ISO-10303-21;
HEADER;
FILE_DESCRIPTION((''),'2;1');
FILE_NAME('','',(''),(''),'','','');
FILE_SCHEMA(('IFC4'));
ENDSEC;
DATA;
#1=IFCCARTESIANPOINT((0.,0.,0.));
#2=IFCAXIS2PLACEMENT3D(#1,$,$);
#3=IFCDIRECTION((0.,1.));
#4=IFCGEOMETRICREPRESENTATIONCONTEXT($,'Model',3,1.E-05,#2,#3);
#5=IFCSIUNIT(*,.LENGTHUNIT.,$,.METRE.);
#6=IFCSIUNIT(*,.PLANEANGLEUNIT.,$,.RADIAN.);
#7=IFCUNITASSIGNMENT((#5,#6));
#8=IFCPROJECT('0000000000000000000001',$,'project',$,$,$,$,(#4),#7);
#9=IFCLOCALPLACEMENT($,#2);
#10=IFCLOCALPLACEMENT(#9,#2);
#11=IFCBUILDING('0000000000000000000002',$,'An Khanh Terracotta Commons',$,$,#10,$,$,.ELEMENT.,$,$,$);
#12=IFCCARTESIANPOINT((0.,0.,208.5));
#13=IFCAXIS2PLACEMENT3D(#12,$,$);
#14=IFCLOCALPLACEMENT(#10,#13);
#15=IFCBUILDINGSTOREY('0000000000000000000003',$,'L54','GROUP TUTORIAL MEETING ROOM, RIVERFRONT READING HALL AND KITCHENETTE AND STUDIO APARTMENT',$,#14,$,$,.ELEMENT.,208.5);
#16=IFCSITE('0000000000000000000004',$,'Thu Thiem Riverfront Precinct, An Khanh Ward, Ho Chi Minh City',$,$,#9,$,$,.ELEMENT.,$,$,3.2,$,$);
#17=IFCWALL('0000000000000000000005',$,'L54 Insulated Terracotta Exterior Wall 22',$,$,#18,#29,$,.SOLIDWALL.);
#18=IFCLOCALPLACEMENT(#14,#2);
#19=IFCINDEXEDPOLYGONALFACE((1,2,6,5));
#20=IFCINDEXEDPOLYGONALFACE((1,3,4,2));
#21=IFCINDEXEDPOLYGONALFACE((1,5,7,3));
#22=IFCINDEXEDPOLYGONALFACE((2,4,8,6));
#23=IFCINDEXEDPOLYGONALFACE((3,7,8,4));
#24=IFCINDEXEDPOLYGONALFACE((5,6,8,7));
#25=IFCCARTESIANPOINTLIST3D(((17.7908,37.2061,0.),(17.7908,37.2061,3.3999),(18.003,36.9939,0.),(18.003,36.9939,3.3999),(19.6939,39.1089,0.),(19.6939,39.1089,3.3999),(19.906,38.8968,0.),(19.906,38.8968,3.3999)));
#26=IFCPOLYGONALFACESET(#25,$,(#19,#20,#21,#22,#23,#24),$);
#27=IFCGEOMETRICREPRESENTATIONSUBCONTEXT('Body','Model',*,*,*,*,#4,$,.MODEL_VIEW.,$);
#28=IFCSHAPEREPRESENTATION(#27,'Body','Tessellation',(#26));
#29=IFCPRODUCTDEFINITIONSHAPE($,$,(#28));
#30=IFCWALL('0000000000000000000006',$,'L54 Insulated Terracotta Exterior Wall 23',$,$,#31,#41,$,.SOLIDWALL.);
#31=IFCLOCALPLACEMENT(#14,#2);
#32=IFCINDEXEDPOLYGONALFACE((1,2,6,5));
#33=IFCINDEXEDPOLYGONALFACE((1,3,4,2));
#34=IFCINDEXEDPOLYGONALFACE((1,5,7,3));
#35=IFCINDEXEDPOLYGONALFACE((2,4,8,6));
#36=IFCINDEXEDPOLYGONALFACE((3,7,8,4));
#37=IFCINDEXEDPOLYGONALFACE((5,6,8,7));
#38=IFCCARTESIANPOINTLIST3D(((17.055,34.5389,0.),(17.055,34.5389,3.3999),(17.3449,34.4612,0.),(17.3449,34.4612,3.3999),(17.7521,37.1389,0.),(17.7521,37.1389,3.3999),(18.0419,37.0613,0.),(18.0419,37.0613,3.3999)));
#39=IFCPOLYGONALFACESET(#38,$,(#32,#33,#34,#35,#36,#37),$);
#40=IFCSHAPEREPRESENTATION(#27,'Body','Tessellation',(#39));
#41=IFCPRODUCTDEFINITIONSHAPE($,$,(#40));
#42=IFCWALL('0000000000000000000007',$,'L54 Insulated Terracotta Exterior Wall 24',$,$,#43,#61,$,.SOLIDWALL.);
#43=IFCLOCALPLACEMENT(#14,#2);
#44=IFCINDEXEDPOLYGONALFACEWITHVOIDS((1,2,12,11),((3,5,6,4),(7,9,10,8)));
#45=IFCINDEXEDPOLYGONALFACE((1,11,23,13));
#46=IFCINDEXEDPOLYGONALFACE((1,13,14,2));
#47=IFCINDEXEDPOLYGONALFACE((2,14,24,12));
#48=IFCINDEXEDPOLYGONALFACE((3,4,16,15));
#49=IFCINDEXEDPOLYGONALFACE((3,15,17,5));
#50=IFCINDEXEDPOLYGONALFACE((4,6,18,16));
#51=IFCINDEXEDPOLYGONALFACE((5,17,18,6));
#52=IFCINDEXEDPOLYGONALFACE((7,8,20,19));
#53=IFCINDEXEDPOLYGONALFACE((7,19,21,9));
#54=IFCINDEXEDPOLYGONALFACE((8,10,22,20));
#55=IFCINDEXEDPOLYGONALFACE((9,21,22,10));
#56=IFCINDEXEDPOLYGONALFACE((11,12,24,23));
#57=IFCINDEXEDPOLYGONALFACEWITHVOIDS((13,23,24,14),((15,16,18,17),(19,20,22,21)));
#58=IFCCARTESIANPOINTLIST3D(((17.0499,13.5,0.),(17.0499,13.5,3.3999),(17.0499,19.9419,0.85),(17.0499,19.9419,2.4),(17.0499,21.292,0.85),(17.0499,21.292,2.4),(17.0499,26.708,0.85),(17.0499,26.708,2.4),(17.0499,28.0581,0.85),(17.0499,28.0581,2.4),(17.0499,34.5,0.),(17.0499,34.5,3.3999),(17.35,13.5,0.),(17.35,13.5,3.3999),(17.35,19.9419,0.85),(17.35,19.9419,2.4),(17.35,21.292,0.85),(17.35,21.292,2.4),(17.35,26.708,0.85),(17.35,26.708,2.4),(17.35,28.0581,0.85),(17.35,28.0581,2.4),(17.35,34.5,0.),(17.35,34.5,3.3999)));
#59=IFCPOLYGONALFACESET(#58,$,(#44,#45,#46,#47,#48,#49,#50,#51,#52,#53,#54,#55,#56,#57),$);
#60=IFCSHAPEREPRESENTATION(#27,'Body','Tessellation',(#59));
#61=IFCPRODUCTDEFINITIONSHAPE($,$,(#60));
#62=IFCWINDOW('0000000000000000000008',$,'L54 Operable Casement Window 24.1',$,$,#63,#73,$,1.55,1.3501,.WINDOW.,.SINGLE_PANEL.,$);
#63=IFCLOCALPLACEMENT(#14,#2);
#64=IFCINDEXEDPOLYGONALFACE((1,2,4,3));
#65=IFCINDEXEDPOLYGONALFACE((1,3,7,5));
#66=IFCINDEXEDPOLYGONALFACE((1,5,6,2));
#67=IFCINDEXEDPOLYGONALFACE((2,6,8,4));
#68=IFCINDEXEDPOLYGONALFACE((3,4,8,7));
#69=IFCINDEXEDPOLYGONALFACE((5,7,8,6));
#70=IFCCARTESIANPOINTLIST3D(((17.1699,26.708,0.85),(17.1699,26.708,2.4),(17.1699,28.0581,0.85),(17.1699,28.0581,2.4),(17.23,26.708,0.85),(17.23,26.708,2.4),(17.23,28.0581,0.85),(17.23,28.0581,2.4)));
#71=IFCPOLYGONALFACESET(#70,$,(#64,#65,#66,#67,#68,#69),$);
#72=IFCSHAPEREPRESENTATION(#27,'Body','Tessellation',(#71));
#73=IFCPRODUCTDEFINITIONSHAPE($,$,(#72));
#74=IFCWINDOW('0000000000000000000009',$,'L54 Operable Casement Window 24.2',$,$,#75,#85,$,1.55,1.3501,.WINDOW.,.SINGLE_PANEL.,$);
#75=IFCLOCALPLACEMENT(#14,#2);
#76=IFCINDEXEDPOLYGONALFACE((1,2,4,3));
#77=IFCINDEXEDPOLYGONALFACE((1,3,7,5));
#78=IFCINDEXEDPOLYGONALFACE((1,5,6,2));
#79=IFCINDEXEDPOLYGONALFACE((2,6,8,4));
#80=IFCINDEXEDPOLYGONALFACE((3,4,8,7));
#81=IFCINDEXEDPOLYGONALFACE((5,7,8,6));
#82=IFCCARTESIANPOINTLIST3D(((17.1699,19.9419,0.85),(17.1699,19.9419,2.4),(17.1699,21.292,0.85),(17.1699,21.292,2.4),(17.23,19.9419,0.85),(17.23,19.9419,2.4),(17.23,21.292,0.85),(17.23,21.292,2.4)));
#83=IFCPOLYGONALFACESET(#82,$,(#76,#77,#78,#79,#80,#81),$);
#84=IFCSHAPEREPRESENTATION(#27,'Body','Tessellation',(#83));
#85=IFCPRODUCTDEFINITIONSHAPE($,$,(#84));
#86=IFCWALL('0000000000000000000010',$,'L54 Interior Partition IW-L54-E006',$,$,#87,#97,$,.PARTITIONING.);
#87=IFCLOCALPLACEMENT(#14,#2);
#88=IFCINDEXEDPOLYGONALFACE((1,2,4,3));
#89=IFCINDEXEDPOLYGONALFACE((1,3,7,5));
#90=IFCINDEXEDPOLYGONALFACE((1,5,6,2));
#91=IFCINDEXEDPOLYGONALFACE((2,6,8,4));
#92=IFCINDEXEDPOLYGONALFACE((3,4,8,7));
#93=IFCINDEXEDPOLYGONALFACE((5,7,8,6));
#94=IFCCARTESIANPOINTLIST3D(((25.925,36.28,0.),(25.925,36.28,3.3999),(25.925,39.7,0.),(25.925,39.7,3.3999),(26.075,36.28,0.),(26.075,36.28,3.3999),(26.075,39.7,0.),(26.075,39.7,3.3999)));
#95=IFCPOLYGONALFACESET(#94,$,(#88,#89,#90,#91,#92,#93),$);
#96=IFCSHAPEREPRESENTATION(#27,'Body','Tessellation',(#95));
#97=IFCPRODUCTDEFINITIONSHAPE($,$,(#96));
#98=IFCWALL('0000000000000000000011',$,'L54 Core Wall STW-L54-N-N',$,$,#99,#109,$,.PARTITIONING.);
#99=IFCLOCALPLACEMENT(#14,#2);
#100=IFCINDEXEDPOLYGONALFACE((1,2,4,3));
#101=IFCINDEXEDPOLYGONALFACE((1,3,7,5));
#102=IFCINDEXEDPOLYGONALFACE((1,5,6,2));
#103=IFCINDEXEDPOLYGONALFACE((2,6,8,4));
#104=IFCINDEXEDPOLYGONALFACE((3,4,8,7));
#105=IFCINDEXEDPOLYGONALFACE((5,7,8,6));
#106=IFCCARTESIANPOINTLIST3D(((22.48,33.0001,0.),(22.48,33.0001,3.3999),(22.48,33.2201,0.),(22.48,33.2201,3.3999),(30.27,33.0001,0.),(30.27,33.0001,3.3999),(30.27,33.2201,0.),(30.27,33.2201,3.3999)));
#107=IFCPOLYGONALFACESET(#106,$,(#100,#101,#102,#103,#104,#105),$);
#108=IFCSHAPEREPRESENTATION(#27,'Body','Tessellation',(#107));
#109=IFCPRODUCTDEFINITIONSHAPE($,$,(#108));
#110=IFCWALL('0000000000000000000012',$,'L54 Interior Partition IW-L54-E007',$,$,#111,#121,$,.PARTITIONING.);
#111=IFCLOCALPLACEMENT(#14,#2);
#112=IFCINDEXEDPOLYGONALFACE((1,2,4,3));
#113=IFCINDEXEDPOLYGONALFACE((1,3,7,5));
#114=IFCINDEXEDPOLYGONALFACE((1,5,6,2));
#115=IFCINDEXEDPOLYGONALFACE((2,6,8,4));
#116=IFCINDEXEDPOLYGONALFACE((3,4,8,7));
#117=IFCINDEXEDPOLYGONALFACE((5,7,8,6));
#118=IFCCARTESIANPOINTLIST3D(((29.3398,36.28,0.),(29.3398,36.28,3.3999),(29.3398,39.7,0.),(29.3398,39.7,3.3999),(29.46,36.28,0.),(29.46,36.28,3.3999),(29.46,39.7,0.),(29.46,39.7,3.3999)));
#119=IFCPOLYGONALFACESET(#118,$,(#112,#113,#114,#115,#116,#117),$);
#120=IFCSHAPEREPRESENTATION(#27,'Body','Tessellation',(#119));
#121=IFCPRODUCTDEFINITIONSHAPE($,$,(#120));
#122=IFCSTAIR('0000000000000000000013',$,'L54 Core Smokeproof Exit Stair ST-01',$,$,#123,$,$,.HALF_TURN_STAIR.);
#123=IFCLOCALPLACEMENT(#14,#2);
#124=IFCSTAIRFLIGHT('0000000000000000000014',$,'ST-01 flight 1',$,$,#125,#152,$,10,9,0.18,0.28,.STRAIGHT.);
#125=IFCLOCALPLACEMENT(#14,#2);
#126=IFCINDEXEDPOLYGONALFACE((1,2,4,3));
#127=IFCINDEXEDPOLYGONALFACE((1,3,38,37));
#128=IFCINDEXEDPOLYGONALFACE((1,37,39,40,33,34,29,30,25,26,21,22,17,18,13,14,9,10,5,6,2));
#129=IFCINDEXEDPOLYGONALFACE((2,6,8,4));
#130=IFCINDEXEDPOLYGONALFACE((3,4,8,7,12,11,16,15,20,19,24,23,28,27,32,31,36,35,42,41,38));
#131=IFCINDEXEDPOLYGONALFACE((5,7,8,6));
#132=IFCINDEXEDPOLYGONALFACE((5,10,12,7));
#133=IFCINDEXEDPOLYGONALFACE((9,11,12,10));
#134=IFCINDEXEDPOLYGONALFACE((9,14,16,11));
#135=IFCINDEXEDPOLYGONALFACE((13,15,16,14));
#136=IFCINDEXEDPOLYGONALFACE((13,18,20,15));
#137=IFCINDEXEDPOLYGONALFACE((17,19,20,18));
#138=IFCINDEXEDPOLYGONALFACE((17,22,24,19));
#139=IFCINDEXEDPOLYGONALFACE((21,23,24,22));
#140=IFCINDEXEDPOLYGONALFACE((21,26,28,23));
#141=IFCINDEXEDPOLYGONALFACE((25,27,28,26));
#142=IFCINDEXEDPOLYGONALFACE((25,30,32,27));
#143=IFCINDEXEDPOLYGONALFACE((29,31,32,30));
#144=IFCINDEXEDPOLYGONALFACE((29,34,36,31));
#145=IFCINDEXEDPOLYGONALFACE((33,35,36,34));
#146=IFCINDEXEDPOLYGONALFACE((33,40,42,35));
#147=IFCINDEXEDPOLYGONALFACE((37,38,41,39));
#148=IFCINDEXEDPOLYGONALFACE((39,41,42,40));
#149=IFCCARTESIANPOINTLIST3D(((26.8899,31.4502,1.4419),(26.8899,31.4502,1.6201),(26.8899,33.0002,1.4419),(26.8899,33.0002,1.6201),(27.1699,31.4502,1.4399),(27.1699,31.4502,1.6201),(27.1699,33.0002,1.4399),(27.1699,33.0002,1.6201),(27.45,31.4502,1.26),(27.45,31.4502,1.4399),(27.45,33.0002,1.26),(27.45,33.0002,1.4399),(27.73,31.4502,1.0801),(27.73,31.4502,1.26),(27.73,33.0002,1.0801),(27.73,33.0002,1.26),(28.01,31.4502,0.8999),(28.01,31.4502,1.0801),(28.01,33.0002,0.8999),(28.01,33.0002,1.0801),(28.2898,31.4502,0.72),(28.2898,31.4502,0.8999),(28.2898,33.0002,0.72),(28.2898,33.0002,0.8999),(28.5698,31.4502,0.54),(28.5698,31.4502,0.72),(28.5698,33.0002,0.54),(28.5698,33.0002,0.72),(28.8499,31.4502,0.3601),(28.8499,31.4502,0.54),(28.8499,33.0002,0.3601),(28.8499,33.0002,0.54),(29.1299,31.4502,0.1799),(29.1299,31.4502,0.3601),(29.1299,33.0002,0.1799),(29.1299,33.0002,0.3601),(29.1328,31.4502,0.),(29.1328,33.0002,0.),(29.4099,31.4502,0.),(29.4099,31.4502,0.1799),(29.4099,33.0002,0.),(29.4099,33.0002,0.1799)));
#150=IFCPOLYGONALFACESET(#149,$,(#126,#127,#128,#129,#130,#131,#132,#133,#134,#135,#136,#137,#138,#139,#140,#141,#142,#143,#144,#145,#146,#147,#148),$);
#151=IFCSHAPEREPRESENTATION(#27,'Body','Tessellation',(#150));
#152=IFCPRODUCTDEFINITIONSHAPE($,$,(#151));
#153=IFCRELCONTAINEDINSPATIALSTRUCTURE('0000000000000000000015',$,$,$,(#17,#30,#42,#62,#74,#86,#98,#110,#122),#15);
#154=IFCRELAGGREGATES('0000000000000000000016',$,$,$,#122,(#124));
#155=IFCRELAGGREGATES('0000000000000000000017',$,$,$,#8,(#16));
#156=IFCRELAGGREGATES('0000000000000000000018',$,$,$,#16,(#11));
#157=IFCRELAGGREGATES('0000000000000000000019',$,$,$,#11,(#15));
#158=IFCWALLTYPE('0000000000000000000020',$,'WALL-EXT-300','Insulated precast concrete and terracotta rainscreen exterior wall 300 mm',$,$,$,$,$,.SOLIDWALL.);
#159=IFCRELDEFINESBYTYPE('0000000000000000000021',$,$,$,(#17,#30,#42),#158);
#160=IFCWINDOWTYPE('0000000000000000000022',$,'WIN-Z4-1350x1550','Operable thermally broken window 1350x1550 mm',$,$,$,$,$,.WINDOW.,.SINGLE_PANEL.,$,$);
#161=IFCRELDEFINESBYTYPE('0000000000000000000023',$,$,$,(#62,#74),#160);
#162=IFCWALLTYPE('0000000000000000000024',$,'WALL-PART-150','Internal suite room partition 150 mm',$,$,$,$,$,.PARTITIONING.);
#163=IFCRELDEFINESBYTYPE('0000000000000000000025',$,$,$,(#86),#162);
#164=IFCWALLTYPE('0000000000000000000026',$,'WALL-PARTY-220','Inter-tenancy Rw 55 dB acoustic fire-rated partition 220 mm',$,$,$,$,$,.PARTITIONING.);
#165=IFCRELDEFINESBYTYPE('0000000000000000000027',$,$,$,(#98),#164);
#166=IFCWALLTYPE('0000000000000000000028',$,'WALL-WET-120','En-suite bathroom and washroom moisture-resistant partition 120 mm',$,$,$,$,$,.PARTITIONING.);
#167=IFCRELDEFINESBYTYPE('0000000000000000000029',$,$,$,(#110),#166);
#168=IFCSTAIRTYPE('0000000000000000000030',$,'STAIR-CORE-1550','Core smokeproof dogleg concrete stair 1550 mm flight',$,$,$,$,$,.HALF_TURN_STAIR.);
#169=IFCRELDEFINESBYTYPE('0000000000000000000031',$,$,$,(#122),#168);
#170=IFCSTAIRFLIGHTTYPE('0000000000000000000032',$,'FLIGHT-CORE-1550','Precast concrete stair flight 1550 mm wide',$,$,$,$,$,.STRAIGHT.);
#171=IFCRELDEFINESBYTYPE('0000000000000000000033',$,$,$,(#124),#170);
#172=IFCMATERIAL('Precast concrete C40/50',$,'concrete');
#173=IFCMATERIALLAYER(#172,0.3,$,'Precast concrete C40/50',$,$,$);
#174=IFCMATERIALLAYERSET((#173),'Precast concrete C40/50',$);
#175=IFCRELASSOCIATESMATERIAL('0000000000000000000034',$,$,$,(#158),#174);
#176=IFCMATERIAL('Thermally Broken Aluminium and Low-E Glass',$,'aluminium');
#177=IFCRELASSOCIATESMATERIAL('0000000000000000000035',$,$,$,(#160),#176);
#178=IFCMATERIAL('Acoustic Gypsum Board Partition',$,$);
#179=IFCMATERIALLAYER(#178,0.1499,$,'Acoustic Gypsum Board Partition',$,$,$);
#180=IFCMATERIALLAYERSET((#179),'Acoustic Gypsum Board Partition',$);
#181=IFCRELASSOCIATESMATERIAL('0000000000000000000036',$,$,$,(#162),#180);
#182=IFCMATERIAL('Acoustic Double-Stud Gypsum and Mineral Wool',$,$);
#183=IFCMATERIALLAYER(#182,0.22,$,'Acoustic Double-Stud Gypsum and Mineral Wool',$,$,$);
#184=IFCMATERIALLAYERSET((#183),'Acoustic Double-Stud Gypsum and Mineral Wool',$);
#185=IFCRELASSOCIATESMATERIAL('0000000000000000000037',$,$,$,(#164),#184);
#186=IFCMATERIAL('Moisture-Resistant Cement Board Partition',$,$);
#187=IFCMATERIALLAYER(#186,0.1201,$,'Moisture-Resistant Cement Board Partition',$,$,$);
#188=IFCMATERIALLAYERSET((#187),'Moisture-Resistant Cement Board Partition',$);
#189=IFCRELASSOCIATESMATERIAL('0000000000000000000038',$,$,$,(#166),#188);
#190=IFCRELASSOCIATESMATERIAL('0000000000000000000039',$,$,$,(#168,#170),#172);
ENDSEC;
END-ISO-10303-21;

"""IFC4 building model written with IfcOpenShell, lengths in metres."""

from ifc_helpers import new_model, si_unit, direction, frame, frame_2d, origin, place, context, subcontext, project, spatial, polyline, rectangle, outline, extrude, material, layer, layer_set, type_object, element, fill, aggregate, save


model = new_model("IFC4")

# Units and contexts
model_context = context("Model", 3, precision=1e-05, world=origin(), true_north=direction((0.0, 1.0)))
body_context = subcontext(model_context, "Body", "Model", "MODEL_VIEW")
ifc_project = project(units=[si_unit("LENGTHUNIT", "METRE"), si_unit("PLANEANGLEUNIT", "RADIAN")], contexts=[model_context])

# Site, building, storey
site_placement = place(None, origin())
site = spatial("IfcSite", under=ifc_project, at=site_placement, Name="Thu Thiem Riverfront Precinct, An Khanh Ward, Ho Chi Minh City", CompositionType="ELEMENT", RefElevation=3.2)
building_placement = place(site_placement, origin())
building = spatial("IfcBuilding", under=site, at=building_placement, Name="An Khanh Terracotta Commons", CompositionType="ELEMENT")
storey_placement = place(building_placement, frame((0.0, 0.0, 208.5)))
storey = spatial("IfcBuildingStorey", under=building, at=storey_placement, Name="L54", Description="GROUP TUTORIAL MEETING ROOM, RIVERFRONT READING HALL AND KITCHENETTE AND STUDIO APARTMENT", CompositionType="ELEMENT", Elevation=208.5)

# Walls
ifc_material_1 = material(Name="Precast concrete C40/50", Category="concrete")
ifc_layer_1 = layer(ifc_material_1, 0.3, Name="Precast concrete C40/50")
ifc_layer_set_1 = layer_set([ifc_layer_1], Name="Precast concrete C40/50")
wall_type_1 = type_object("IfcWallType", Name="WALL-EXT-300", Description="Insulated precast concrete and terracotta rainscreen exterior wall 300 mm", PredefinedType="SOLIDWALL", material=ifc_layer_set_1)
wall_1_placement = place(storey_placement, frame((19.8, 39.0029, 0.0), z_axis=(0.0, 0.0, 1.0), x_axis=(-0.707152, -0.707061, 0.0)))
element("IfcWall", 1, at=wall_1_placement, inside=storey, type_object=wall_type_1, Name="L54 Insulated Terracotta Exterior Wall 22", PredefinedType="SOLIDWALL", context=body_context, shape_type="SweptSolid", body=[
    extrude(rectangle(XDim=2.6912, YDim=0.3, at=frame_2d((1.3457, 0.0))), origin(), (0.0, 0.0, 1.0), 3.3999),
])
wall_2_placement = place(storey_placement, frame((17.897, 37.1001, 0.0), z_axis=(0.0, 0.0, 1.0), x_axis=(-0.258933, -0.965895, 0.0)))
element("IfcWall", 2, at=wall_2_placement, inside=storey, type_object=wall_type_1, Name="L54 Insulated Terracotta Exterior Wall 23", PredefinedType="SOLIDWALL", context=body_context, shape_type="SweptSolid", body=[
    extrude(rectangle(XDim=2.6919, YDim=0.3, at=frame_2d((1.3459, 0.0))), origin(), (0.0, 0.0, 1.0), 3.3999),
])

# Wall, openings, windows
wall_3_placement = place(storey_placement, frame((17.2, 34.5, 0.0), z_axis=(0.0, 0.0, 1.0), x_axis=(0.0, -1.0, 0.0)))
wall_3 = element("IfcWall", 3, at=wall_3_placement, inside=storey, type_object=wall_type_1, Name="L54 Insulated Terracotta Exterior Wall 24", PredefinedType="SOLIDWALL", context=body_context, shape_type="SweptSolid", body=[
    extrude(rectangle(XDim=21.0, YDim=0.3, at=frame_2d((10.5, 0.0))), origin(), (0.0, 0.0, 1.0), 3.3999),
])
opening_1_placement = place(wall_3_placement, frame((6.4419, 0.0, 0.8501)))
opening_1 = element("IfcOpeningElement", 4, at=opening_1_placement, cuts=wall_3, PredefinedType="OPENING", context=body_context, shape_type="SweptSolid", body=[
    extrude(rectangle(XDim=1.3501, YDim=1.55, at=frame_2d((0.675, 0.7749))), frame((0.0, 0.1599, 0.0), z_axis=(0.0, -1.0, 0.0), x_axis=(1.0, 0.0, 0.0)), (0.0, 0.0, 1.0), 0.3201),
])
opening_2_placement = place(wall_3_placement, frame((13.208, 0.0, 0.8501)))
opening_2 = element("IfcOpeningElement", 5, at=opening_2_placement, cuts=wall_3, PredefinedType="OPENING", context=body_context, shape_type="SweptSolid", body=[
    extrude(rectangle(XDim=1.3501, YDim=1.55, at=frame_2d((0.675, 0.7749))), frame((0.0, 0.1599, 0.0), z_axis=(0.0, -1.0, 0.0), x_axis=(1.0, 0.0, 0.0)), (0.0, 0.0, 1.0), 0.3201),
])
ifc_material_2 = material(Name="Thermally Broken Aluminium and Low-E Glass", Category="aluminium")
window_type = type_object("IfcWindowType", Name="WIN-Z4-1350x1550", Description="Operable thermally broken window 1350x1550 mm", PartitioningType="SINGLE_PANEL", PredefinedType="WINDOW", material=ifc_material_2)
window_1_placement = place(opening_1_placement, origin())
window_1 = element("IfcWindow", 6, at=window_1_placement, inside=storey, type_object=window_type, Name="L54 Operable Casement Window 24.1", OverallHeight=1.55, OverallWidth=1.3501, PartitioningType="SINGLE_PANEL", PredefinedType="WINDOW", context=body_context, shape_type="SweptSolid", body=[
    extrude(rectangle(XDim=1.3501, YDim=1.55, at=frame_2d((0.675, 0.7749))), frame((0.0, 0.03, 0.0), z_axis=(0.0, -1.0, 0.0), x_axis=(1.0, 0.0, 0.0)), (0.0, 0.0, 1.0), 0.0601),
])
fill(opening_1, window_1)
window_2_placement = place(opening_2_placement, origin())
window_2 = element("IfcWindow", 7, at=window_2_placement, inside=storey, type_object=window_type, Name="L54 Operable Casement Window 24.2", OverallHeight=1.55, OverallWidth=1.3501, PartitioningType="SINGLE_PANEL", PredefinedType="WINDOW", context=body_context, shape_type="SweptSolid", body=[
    extrude(rectangle(XDim=1.3501, YDim=1.55, at=frame_2d((0.675, 0.7749))), frame((0.0, 0.03, 0.0), z_axis=(0.0, -1.0, 0.0), x_axis=(1.0, 0.0, 0.0)), (0.0, 0.0, 1.0), 0.0601),
])
fill(opening_2, window_2)

# Walls
ifc_material_3 = material(Name="Acoustic Gypsum Board Partition")
ifc_layer_2 = layer(ifc_material_3, 0.1499, Name="Acoustic Gypsum Board Partition")
ifc_layer_set_2 = layer_set([ifc_layer_2], Name="Acoustic Gypsum Board Partition")
wall_type_2 = type_object("IfcWallType", Name="WALL-PART-150", Description="Internal suite room partition 150 mm", PredefinedType="PARTITIONING", material=ifc_layer_set_2)
wall_4_placement = place(storey_placement, frame((26.0, 36.28, 0.0), z_axis=(0.0, 0.0, 1.0), x_axis=(0.0, 1.0, 0.0)))
element("IfcWall", 8, at=wall_4_placement, inside=storey, type_object=wall_type_2, Name="L54 Interior Partition IW-L54-E006", PredefinedType="PARTITIONING", context=body_context, shape_type="SweptSolid", body=[
    extrude(rectangle(XDim=3.4199, YDim=0.1499, at=frame_2d((1.71, 0.0))), origin(), (0.0, 0.0, 1.0), 3.3999),
])
ifc_material_4 = material(Name="Acoustic Double-Stud Gypsum and Mineral Wool")
ifc_layer_3 = layer(ifc_material_4, 0.22, Name="Acoustic Double-Stud Gypsum and Mineral Wool")
ifc_layer_set_3 = layer_set([ifc_layer_3], Name="Acoustic Double-Stud Gypsum and Mineral Wool")
wall_type_3 = type_object("IfcWallType", Name="WALL-PARTY-220", Description="Inter-tenancy Rw 55 dB acoustic fire-rated partition 220 mm", PredefinedType="PARTITIONING", material=ifc_layer_set_3)
wall_5_placement = place(storey_placement, frame((22.48, 33.1101, 0.0), z_axis=(0.0, 0.0, 1.0), x_axis=(1.0, 0.0, 0.0)))
element("IfcWall", 9, at=wall_5_placement, inside=storey, type_object=wall_type_3, Name="L54 Core Wall STW-L54-N-N", PredefinedType="PARTITIONING", context=body_context, shape_type="SweptSolid", body=[
    extrude(rectangle(XDim=7.79, YDim=0.22, at=frame_2d((3.895, 0.0))), origin(), (0.0, 0.0, 1.0), 3.3999),
])
ifc_material_5 = material(Name="Moisture-Resistant Cement Board Partition")
ifc_layer_4 = layer(ifc_material_5, 0.1201, Name="Moisture-Resistant Cement Board Partition")
ifc_layer_set_4 = layer_set([ifc_layer_4], Name="Moisture-Resistant Cement Board Partition")
wall_type_4 = type_object("IfcWallType", Name="WALL-WET-120", Description="En-suite bathroom and washroom moisture-resistant partition 120 mm", PredefinedType="PARTITIONING", material=ifc_layer_set_4)
wall_6_placement = place(storey_placement, frame((29.3999, 36.28, 0.0), z_axis=(0.0, 0.0, 1.0), x_axis=(0.0, 1.0, 0.0)))
element("IfcWall", 10, at=wall_6_placement, inside=storey, type_object=wall_type_4, Name="L54 Interior Partition IW-L54-E007", PredefinedType="PARTITIONING", context=body_context, shape_type="SweptSolid", body=[
    extrude(rectangle(XDim=3.4199, YDim=0.1201, at=frame_2d((1.71, 0.0))), origin(), (0.0, 0.0, 1.0), 3.3999),
])

# Stair, stair flight
stair_type = type_object("IfcStairType", Name="STAIR-CORE-1550", Description="Core smokeproof dogleg concrete stair 1550 mm flight", PredefinedType="HALF_TURN_STAIR", material=ifc_material_1)
stair_placement = place(storey_placement, origin())
stair = element("IfcStair", 11, at=stair_placement, inside=storey, type_object=stair_type, Name="L54 Core Smokeproof Exit Stair ST-01", PredefinedType="HALF_TURN_STAIR")
stair_flight_type = type_object("IfcStairFlightType", Name="FLIGHT-CORE-1550", Description="Precast concrete stair flight 1550 mm wide", PredefinedType="STRAIGHT", material=ifc_material_1)
stair_flight_placement = place(storey_placement, frame((29.4099, 32.2251, 0.0), z_axis=(0.0, 0.0, 1.0), x_axis=(-1.0, 0.0, 0.0)))
stair_flight = element("IfcStairFlight", 12, at=stair_flight_placement, type_object=stair_flight_type, Name="ST-01 flight 1", NumberOfRisers=10, NumberOfTreads=9, PredefinedType="STRAIGHT", RiserHeight=0.18, TreadLength=0.28, context=body_context, shape_type="SweptSolid", body=[
    extrude(outline(polyline([(0.0, 0.0), (0.0, 0.1799), (0.28, 0.1799), (0.28, 0.3601), (0.5601, 0.3601), (0.5601, 0.54), (0.8401, 0.54), (0.8401, 0.72), (1.1201, 0.72), (1.1201, 0.8999), (1.3999, 0.8999), (1.3999, 1.0801), (1.6799, 1.0801), (1.6799, 1.26), (1.96, 1.26), (1.96, 1.4399), (2.24, 1.4399), (2.24, 1.6201), (2.52, 1.6201), (2.52, 1.8), (2.52, 1.4419), (0.2771, 0.0), (0.0, 0.0)])), frame((0.0, 0.7749, 0.0), z_axis=(0.0, -1.0, 0.0), x_axis=(1.0, 0.0, 0.0)), (0.0, 0.0, 1.0), 1.55),
])
aggregate(stair, [stair_flight])

save(model, "model.ifc")
